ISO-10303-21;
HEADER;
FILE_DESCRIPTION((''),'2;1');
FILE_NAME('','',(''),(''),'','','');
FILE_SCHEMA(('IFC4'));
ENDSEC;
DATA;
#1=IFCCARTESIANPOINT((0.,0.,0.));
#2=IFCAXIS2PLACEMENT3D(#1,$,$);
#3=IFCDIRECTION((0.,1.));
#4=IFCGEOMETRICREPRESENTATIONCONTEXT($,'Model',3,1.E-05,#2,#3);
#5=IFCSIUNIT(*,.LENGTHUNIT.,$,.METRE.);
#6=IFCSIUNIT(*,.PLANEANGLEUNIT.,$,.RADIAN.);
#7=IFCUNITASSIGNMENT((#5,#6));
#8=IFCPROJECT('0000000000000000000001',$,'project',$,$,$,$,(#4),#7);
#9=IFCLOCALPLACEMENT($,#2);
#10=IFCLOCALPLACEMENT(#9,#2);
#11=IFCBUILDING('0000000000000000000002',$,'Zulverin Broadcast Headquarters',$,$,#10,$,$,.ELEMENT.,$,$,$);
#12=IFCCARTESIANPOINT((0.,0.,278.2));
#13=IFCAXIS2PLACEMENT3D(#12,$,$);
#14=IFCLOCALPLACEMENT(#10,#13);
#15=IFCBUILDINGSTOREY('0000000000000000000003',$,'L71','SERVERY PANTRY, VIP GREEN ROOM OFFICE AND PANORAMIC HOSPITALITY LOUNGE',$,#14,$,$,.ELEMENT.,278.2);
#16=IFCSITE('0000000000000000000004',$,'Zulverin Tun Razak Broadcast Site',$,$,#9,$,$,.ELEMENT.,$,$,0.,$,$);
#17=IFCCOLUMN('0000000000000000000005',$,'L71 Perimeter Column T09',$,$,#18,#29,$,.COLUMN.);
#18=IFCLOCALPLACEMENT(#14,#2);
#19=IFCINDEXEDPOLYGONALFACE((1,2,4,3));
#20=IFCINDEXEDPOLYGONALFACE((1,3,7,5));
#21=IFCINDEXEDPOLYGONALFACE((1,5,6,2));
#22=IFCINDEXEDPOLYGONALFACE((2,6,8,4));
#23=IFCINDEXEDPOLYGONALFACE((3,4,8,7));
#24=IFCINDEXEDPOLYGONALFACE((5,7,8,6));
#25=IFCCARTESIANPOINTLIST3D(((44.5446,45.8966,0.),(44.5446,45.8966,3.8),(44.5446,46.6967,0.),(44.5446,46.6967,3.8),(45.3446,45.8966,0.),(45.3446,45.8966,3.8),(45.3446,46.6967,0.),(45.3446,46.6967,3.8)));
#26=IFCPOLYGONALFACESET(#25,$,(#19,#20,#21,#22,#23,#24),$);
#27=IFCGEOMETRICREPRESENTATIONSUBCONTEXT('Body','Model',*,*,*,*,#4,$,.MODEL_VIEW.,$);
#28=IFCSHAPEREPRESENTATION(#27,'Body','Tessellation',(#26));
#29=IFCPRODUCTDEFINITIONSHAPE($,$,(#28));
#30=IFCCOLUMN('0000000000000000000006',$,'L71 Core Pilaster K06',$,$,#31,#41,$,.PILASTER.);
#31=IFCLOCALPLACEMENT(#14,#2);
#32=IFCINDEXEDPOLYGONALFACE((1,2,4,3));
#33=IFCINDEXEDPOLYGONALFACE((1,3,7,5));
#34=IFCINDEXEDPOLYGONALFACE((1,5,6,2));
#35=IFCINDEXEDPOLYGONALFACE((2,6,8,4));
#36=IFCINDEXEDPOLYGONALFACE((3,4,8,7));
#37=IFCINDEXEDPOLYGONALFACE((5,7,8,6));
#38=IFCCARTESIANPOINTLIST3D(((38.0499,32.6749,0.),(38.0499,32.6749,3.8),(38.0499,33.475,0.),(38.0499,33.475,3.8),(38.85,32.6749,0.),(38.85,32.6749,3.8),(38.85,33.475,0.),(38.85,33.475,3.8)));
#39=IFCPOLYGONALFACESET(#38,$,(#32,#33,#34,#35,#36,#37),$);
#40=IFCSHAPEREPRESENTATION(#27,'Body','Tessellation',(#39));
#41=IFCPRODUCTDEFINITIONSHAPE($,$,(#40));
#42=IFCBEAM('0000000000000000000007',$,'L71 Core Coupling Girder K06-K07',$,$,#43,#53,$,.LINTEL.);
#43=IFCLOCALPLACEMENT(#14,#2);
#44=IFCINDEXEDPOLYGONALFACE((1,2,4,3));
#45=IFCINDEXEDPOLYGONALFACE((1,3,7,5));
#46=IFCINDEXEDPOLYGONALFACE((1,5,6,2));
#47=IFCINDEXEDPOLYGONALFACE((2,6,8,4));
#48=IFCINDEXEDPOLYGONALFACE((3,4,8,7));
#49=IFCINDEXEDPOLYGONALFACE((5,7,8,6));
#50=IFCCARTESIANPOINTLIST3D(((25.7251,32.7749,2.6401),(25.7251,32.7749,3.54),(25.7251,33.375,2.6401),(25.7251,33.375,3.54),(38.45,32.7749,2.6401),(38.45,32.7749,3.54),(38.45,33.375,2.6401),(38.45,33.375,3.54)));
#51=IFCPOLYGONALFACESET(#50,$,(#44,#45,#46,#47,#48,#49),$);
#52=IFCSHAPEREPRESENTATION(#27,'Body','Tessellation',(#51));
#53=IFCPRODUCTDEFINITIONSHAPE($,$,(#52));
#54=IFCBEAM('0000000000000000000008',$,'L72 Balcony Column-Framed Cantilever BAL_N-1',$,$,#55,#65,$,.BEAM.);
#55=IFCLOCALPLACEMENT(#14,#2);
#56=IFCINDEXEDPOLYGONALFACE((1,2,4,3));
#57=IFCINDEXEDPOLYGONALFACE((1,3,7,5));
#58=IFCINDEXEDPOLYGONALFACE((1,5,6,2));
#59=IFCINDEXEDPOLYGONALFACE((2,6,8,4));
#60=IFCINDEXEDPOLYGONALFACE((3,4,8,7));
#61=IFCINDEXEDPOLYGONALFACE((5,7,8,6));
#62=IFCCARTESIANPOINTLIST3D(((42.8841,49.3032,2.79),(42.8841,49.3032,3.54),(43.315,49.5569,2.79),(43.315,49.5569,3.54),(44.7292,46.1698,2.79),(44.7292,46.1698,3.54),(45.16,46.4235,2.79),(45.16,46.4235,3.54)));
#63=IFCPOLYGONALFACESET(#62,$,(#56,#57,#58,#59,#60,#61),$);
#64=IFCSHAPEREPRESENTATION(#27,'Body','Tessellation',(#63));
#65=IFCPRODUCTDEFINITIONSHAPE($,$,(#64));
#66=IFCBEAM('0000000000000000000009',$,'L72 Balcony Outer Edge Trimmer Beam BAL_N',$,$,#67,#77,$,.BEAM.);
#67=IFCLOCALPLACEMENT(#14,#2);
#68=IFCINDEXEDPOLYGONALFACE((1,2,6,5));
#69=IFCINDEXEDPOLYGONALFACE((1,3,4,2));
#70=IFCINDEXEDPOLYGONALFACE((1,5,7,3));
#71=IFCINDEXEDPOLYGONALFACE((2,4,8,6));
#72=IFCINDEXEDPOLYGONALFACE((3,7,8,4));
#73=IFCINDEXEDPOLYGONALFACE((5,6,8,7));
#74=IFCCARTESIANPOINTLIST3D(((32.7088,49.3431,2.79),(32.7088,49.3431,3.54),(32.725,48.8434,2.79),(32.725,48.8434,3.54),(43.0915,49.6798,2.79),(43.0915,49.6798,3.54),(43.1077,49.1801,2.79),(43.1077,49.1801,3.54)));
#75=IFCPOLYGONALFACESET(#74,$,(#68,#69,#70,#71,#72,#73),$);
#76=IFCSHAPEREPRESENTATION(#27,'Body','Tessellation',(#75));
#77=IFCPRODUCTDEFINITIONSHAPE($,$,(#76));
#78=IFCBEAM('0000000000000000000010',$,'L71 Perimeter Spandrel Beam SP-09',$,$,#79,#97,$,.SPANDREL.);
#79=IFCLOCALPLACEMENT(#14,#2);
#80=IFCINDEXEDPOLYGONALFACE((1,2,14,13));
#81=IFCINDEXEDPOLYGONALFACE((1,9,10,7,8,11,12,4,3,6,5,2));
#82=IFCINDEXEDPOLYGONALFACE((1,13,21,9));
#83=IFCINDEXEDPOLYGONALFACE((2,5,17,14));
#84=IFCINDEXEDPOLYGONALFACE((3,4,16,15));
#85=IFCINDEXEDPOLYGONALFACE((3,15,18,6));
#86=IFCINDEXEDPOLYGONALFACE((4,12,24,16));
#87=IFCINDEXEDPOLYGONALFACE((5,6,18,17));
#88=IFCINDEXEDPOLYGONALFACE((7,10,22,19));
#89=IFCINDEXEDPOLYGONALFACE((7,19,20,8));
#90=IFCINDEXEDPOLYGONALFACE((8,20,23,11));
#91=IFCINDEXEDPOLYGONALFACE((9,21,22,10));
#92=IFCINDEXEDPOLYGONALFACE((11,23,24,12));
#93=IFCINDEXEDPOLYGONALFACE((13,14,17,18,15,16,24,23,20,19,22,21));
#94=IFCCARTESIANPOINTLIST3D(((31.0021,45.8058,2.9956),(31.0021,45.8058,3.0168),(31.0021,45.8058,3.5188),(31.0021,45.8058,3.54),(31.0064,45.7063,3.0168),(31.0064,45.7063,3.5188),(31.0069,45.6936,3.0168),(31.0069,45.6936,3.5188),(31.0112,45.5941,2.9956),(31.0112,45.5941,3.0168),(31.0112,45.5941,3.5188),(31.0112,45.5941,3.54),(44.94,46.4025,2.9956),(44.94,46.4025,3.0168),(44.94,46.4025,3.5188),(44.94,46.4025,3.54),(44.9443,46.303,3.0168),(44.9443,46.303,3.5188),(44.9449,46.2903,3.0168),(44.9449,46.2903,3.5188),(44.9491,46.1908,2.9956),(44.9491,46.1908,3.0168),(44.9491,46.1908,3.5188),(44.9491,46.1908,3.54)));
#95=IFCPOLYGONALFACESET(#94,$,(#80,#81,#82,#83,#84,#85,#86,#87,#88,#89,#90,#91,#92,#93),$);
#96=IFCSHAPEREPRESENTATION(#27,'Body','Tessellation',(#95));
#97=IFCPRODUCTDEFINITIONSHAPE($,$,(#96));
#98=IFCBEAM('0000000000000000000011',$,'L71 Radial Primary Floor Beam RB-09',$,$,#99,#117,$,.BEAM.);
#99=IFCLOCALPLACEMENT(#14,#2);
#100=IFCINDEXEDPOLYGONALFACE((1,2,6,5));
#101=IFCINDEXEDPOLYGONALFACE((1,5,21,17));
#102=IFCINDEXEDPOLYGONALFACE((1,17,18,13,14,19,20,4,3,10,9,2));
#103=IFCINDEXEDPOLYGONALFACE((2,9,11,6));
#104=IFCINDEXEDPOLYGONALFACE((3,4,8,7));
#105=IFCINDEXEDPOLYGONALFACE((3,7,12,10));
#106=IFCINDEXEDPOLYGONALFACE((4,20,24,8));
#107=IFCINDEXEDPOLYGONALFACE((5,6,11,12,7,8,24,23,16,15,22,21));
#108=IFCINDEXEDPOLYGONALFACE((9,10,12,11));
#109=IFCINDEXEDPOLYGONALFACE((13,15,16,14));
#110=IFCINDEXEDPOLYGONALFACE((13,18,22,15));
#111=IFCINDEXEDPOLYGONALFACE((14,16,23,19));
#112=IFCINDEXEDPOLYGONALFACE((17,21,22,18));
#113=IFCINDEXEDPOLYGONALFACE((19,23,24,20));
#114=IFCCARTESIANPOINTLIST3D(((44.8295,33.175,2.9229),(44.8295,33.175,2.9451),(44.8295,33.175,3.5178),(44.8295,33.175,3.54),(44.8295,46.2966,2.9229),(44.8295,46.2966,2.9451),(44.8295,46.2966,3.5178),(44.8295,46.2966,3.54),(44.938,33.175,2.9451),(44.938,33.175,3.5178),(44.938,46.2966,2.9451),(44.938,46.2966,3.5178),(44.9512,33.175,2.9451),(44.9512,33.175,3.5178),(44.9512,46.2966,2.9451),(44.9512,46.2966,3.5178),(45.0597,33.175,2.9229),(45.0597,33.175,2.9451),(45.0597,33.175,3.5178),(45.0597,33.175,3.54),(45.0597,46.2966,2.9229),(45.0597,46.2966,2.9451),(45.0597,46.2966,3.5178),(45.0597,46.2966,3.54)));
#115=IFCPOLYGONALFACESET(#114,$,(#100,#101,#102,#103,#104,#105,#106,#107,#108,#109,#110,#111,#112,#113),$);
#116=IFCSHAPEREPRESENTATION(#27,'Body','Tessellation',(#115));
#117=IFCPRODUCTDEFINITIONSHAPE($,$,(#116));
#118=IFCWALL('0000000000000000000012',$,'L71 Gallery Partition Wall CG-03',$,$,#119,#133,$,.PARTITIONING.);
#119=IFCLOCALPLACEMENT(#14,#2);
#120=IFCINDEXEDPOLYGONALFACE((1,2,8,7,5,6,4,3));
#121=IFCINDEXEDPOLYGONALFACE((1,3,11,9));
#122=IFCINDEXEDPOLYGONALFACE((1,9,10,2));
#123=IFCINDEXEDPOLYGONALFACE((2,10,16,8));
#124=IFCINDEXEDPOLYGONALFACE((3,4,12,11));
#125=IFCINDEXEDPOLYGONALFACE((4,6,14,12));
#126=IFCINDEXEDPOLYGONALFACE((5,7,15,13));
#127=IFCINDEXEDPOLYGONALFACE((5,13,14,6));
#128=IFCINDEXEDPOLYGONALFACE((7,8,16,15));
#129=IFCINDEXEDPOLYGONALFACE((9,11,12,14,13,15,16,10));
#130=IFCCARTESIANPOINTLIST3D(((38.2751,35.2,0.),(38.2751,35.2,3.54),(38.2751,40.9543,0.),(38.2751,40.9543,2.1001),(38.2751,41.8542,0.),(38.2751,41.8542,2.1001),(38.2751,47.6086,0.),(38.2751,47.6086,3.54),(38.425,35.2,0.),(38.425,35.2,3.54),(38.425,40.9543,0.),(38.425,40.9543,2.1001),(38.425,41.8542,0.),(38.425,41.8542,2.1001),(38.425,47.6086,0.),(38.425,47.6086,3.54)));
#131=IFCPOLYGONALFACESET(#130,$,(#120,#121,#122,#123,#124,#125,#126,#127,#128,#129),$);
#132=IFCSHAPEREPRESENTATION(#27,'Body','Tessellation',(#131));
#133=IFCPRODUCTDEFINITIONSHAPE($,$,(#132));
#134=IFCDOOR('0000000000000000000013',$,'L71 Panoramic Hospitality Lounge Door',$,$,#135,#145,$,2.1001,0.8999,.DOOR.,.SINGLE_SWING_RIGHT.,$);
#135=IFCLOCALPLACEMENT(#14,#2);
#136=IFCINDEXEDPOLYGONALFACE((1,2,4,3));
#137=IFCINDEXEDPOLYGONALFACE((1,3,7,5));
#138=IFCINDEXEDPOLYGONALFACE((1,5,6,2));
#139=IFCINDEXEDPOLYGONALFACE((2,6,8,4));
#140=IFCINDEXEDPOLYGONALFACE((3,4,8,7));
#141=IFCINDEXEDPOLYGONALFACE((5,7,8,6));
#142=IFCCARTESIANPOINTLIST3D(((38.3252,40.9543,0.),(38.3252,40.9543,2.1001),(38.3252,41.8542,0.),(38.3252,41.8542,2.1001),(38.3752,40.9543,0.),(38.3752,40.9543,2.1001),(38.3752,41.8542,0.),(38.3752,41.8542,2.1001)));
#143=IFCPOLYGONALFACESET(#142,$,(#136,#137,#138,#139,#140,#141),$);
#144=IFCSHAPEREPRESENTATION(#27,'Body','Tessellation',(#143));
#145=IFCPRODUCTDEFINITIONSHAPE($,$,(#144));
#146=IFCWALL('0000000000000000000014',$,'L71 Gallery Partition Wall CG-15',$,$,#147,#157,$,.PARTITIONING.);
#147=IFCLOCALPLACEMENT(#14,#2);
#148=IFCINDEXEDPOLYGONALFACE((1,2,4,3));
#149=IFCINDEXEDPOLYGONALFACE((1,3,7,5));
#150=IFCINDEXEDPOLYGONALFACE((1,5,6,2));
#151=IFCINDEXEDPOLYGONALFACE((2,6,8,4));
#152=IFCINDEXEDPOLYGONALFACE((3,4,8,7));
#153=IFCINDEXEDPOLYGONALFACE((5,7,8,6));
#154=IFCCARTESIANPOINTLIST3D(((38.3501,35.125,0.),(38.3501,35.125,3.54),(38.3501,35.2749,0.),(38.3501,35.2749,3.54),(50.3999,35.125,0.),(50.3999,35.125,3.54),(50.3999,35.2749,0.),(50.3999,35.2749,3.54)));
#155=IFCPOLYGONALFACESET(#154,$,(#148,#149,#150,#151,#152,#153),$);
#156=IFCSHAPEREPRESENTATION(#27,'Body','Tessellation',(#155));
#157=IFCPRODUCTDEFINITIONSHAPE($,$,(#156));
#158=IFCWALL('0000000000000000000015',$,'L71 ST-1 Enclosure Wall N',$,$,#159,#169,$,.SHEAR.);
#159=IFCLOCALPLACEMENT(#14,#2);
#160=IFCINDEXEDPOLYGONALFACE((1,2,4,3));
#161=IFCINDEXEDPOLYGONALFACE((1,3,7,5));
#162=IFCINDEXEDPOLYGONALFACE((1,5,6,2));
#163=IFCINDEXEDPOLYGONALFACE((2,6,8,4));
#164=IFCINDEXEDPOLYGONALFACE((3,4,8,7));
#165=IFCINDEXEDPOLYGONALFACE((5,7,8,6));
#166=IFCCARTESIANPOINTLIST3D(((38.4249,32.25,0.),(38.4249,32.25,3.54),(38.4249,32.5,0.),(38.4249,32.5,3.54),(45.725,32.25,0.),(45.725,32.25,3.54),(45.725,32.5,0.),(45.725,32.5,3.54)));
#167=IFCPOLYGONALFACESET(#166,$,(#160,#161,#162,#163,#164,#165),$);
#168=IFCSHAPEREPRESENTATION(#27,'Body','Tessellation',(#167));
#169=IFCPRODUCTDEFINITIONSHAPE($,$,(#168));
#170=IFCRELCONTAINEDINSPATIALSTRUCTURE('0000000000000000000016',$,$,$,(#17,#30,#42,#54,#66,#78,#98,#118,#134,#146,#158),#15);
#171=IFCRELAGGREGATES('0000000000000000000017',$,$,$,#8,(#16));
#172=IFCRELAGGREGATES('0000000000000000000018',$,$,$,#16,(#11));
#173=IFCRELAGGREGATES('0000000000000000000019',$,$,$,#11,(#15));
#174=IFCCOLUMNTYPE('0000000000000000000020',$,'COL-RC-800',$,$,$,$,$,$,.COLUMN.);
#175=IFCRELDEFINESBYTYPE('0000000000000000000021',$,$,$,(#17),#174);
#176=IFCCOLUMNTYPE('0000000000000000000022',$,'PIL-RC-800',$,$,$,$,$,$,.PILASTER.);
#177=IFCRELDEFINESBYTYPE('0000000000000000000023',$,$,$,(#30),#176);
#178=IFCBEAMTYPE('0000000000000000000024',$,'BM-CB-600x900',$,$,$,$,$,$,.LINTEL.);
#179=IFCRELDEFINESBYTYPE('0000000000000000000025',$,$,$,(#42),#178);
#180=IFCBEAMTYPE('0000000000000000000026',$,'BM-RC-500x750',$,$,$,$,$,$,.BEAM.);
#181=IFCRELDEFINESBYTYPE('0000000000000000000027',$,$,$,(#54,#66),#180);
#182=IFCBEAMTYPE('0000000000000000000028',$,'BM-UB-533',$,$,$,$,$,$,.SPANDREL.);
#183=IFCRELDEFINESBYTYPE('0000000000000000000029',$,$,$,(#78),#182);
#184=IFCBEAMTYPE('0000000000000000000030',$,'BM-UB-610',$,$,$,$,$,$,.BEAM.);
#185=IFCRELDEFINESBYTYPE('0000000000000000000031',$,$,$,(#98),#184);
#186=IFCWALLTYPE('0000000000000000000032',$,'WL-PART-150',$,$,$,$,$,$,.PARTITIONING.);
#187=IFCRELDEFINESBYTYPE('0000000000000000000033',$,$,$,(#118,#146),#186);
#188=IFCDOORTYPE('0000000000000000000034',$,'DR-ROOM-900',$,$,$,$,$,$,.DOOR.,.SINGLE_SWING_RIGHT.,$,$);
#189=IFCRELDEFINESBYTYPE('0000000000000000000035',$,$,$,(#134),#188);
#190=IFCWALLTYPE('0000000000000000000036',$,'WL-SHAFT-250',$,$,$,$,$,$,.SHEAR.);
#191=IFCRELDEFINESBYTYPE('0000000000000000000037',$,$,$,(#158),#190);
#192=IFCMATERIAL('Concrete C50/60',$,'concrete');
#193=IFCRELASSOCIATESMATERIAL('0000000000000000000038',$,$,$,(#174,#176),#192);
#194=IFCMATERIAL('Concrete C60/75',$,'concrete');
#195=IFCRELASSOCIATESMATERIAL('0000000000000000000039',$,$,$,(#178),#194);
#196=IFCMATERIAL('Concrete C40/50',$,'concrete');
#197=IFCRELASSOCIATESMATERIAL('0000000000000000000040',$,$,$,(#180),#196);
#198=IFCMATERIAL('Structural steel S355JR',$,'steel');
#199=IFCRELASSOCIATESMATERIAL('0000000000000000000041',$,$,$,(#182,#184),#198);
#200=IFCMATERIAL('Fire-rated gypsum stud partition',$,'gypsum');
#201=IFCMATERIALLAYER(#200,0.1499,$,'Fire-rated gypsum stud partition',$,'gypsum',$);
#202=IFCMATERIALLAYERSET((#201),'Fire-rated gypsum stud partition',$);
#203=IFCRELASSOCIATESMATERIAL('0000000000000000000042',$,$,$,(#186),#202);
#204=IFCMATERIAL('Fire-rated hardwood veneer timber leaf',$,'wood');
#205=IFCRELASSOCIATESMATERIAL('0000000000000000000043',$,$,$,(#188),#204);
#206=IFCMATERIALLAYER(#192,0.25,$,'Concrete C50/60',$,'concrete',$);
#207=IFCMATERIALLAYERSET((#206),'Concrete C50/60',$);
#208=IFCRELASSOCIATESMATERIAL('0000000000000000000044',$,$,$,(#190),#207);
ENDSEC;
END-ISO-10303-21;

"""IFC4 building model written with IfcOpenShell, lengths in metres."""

from ifc_helpers import new_model, si_unit, direction, frame, frame_2d, origin, origin_2d, place, context, subcontext, project, spatial, rectangle, i_section, extrude, material, layer, layer_set, material_profile, profile_set, type_object, element, fill, save


model = new_model("IFC4")

# Units and contexts
model_context = context("Model", 3, precision=1e-05, world=origin(), true_north=direction((0.0, 1.0)))
body_context = subcontext(model_context, "Body", "Model", "MODEL_VIEW")
ifc_project = project(units=[si_unit("LENGTHUNIT", "METRE"), si_unit("PLANEANGLEUNIT", "RADIAN")], contexts=[model_context])

# Site, building, storey
site_placement = place(None, origin())
site = spatial("IfcSite", under=ifc_project, at=site_placement, Name="Zulverin Tun Razak Broadcast Site", CompositionType="ELEMENT", RefElevation=0.0)
building_placement = place(site_placement, origin())
building = spatial("IfcBuilding", under=site, at=building_placement, Name="Zulverin Broadcast Headquarters", CompositionType="ELEMENT")
storey_placement = place(building_placement, frame((0.0, 0.0, 278.2)))
storey = spatial("IfcBuildingStorey", under=building, at=storey_placement, Name="L71", Description="SERVERY PANTRY, VIP GREEN ROOM OFFICE AND PANORAMIC HOSPITALITY LOUNGE", CompositionType="ELEMENT", Elevation=278.2)

# Columns
ifc_material_1 = material(Name="Concrete C50/60", Category="concrete")
ifc_material_profile_1 = material_profile(ifc_material_1, rectangle(XDim=0.8, YDim=0.8, at=origin_2d()), Name="Concrete C50/60", Category="concrete")
ifc_profile_set_1 = profile_set([ifc_material_profile_1], Name="Concrete C50/60")
column_type_1 = type_object("IfcColumnType", Name="COL-RC-800", PredefinedType="COLUMN", material=ifc_profile_set_1)
column_1_placement = place(storey_placement, frame((44.9446, 46.2966, 0.0), z_axis=(0.0, 0.0, 1.0), x_axis=(1.0, 0.0, 0.0)))
element("IfcColumn", 1, at=column_1_placement, inside=storey, type_object=column_type_1, Name="L71 Perimeter Column T09", PredefinedType="COLUMN", context=body_context, shape_type="SweptSolid", body=[
    extrude(rectangle(XDim=0.8, YDim=0.8, at=origin_2d()), origin(), (0.0, 0.0, 1.0), 3.8),
])
ifc_material_profile_2 = material_profile(ifc_material_1, rectangle(XDim=0.8, YDim=0.8, at=origin_2d()), Name="Concrete C50/60", Category="concrete")
ifc_profile_set_2 = profile_set([ifc_material_profile_2], Name="Concrete C50/60")
column_type_2 = type_object("IfcColumnType", Name="PIL-RC-800", PredefinedType="PILASTER", material=ifc_profile_set_2)
column_2_placement = place(storey_placement, frame((38.45, 33.075, 0.0), z_axis=(0.0, 0.0, 1.0), x_axis=(1.0, 0.0, 0.0)))
element("IfcColumn", 2, at=column_2_placement, inside=storey, type_object=column_type_2, Name="L71 Core Pilaster K06", PredefinedType="PILASTER", context=body_context, shape_type="SweptSolid", body=[
    extrude(rectangle(XDim=0.8, YDim=0.8, at=origin_2d()), origin(), (0.0, 0.0, 1.0), 3.8),
])

# Beams
ifc_material_2 = material(Name="Concrete C60/75", Category="concrete")
ifc_material_profile_3 = material_profile(ifc_material_2, rectangle(XDim=0.6001, YDim=0.8999, at=origin_2d()), Name="Concrete C60/75", Category="concrete")
ifc_profile_set_3 = profile_set([ifc_material_profile_3], Name="Concrete C60/75")
beam_type_1 = type_object("IfcBeamType", Name="BM-CB-600x900", PredefinedType="LINTEL", material=ifc_profile_set_3)
beam_1_placement = place(storey_placement, frame((38.45, 33.075, 3.0901), z_axis=(-1.0, 0.0, 0.0), x_axis=(0.0, -1.0, 0.0)))
element("IfcBeam", 3, at=beam_1_placement, inside=storey, type_object=beam_type_1, Name="L71 Core Coupling Girder K06-K07", PredefinedType="LINTEL", context=body_context, shape_type="SweptSolid", body=[
    extrude(rectangle(XDim=0.6001, YDim=0.8999, at=origin_2d()), origin(), (0.0, 0.0, 1.0), 12.7249),
])
ifc_material_3 = material(Name="Concrete C40/50", Category="concrete")
ifc_material_profile_4 = material_profile(ifc_material_3, rectangle(XDim=0.5, YDim=0.75, at=origin_2d()), Name="Concrete C40/50", Category="concrete")
ifc_profile_set_4 = profile_set([ifc_material_profile_4], Name="Concrete C40/50")
beam_type_2 = type_object("IfcBeamType", Name="BM-RC-500x750", PredefinedType="BEAM", material=ifc_profile_set_4)
beam_2_placement = place(storey_placement, frame((44.9446, 46.2966, 3.165), z_axis=(-0.507399, 0.861711, 0.0), x_axis=(-0.861711, -0.507399, 0.0)))
element("IfcBeam", 4, at=beam_2_placement, inside=storey, type_object=beam_type_2, Name="L72 Balcony Column-Framed Cantilever BAL_N-1", PredefinedType="BEAM", context=body_context, shape_type="SweptSolid", body=[
    extrude(rectangle(XDim=0.5, YDim=0.75, at=origin_2d()), origin(), (0.0, 0.0, 1.0), 3.6362),
])
beam_3_placement = place(storey_placement, frame((43.0996, 49.4299, 3.165), z_axis=(-0.999475, -0.032409, 0.0), x_axis=(0.032409, -0.999475, 0.0)))
element("IfcBeam", 5, at=beam_3_placement, inside=storey, type_object=beam_type_2, Name="L72 Balcony Outer Edge Trimmer Beam BAL_N", PredefinedType="BEAM", context=body_context, shape_type="SweptSolid", body=[
    extrude(rectangle(XDim=0.5, YDim=0.75, at=origin_2d()), origin(), (0.0, 0.0, 1.0), 10.3882),
])
ifc_material_4 = material(Name="Structural steel S355JR", Category="steel")
ifc_material_profile_5 = material_profile(ifc_material_4, i_section(OverallWidth=0.2119, OverallDepth=0.5444, WebThickness=0.0127, FlangeThickness=0.0212, at=origin_2d()), Name="Structural steel S355JR", Category="steel")
ifc_profile_set_5 = profile_set([ifc_material_profile_5], Name="Structural steel S355JR")
beam_type_3 = type_object("IfcBeamType", Name="BM-UB-533", PredefinedType="SPANDREL", material=ifc_profile_set_5)
beam_4_placement = place(storey_placement, frame((44.9446, 46.2966, 3.2678), z_axis=(-0.999085, -0.04277, 0.0), x_axis=(0.04277, -0.999085, 0.0)))
element("IfcBeam", 6, at=beam_4_placement, inside=storey, type_object=beam_type_3, Name="L71 Perimeter Spandrel Beam SP-09", PredefinedType="SPANDREL", context=body_context, shape_type="SweptSolid", body=[
    extrude(i_section(OverallWidth=0.2119, OverallDepth=0.5444, WebThickness=0.0127, FlangeThickness=0.0212, at=origin_2d()), origin(), (0.0, 0.0, 1.0), 13.9507),
])
ifc_material_profile_6 = material_profile(ifc_material_4, i_section(OverallWidth=0.2302, OverallDepth=0.6172, WebThickness=0.0132, FlangeThickness=0.0222, at=origin_2d()), Name="Structural steel S355JR", Category="steel")
ifc_profile_set_6 = profile_set([ifc_material_profile_6], Name="Structural steel S355JR")
beam_type_4 = type_object("IfcBeamType", Name="BM-UB-610", PredefinedType="BEAM", material=ifc_profile_set_6)
beam_5_placement = place(storey_placement, frame((44.9446, 33.175, 3.2314), z_axis=(0.0, 1.0, 0.0), x_axis=(-1.0, 0.0, 0.0)))
element("IfcBeam", 7, at=beam_5_placement, inside=storey, type_object=beam_type_4, Name="L71 Radial Primary Floor Beam RB-09", PredefinedType="BEAM", context=body_context, shape_type="SweptSolid", body=[
    extrude(i_section(OverallWidth=0.2302, OverallDepth=0.6172, WebThickness=0.0132, FlangeThickness=0.0222, at=origin_2d()), origin(), (0.0, 0.0, 1.0), 13.1216),
])

# Wall, opening, door
ifc_material_5 = material(Name="Fire-rated gypsum stud partition", Category="gypsum")
ifc_layer_1 = layer(ifc_material_5, 0.1499, Name="Fire-rated gypsum stud partition", Category="gypsum")
ifc_layer_set_1 = layer_set([ifc_layer_1], Name="Fire-rated gypsum stud partition")
wall_type_1 = type_object("IfcWallType", Name="WL-PART-150", PredefinedType="PARTITIONING", material=ifc_layer_set_1)
wall_1_placement = place(storey_placement, frame((38.3501, 35.2, 0.0), z_axis=(0.0, 0.0, 1.0), x_axis=(0.0, 1.0, 0.0)))
wall_1 = element("IfcWall", 8, at=wall_1_placement, inside=storey, type_object=wall_type_1, Name="L71 Gallery Partition Wall CG-03", PredefinedType="PARTITIONING", context=body_context, shape_type="SweptSolid", body=[
    extrude(rectangle(XDim=12.4087, YDim=0.1499, at=frame_2d((6.2043, 0.0))), origin(), (0.0, 0.0, 1.0), 3.54),
])
opening_placement = place(wall_1_placement, frame((5.7544, 0.0, 0.0)))
opening = element("IfcOpeningElement", 9, at=opening_placement, cuts=wall_1, PredefinedType="OPENING", context=body_context, shape_type="SweptSolid", body=[
    extrude(rectangle(XDim=0.8999, YDim=2.1001, at=frame_2d((0.45, 1.05))), frame((0.0, 0.085, 0.0), z_axis=(0.0, -1.0, 0.0), x_axis=(1.0, 0.0, 0.0)), (0.0, 0.0, 1.0), 0.1699),
])
ifc_material_6 = material(Name="Fire-rated hardwood veneer timber leaf", Category="wood")
door_type = type_object("IfcDoorType", Name="DR-ROOM-900", OperationType="SINGLE_SWING_RIGHT", PredefinedType="DOOR", material=ifc_material_6)
door_placement = place(opening_placement, origin())
door = element("IfcDoor", 10, at=door_placement, inside=storey, type_object=door_type, Name="L71 Panoramic Hospitality Lounge Door", OperationType="SINGLE_SWING_RIGHT", OverallHeight=2.1001, OverallWidth=0.8999, PredefinedType="DOOR", context=body_context, shape_type="SweptSolid", body=[
    extrude(rectangle(XDim=0.8999, YDim=2.1001, at=frame_2d((0.45, 1.05))), frame((0.0, 0.0249, 0.0), z_axis=(0.0, -1.0, 0.0), x_axis=(1.0, 0.0, 0.0)), (0.0, 0.0, 1.0), 0.05),
])
fill(opening, door)

# Walls
wall_2_placement = place(storey_placement, frame((38.3501, 35.2, 0.0), z_axis=(0.0, 0.0, 1.0), x_axis=(1.0, 0.0, 0.0)))
element("IfcWall", 11, at=wall_2_placement, inside=storey, type_object=wall_type_1, Name="L71 Gallery Partition Wall CG-15", PredefinedType="PARTITIONING", context=body_context, shape_type="SweptSolid", body=[
    extrude(rectangle(XDim=12.0498, YDim=0.1499, at=frame_2d((6.0249, 0.0))), origin(), (0.0, 0.0, 1.0), 3.54),
])
ifc_layer_2 = layer(ifc_material_1, 0.25, Name="Concrete C50/60", Category="concrete")
ifc_layer_set_2 = layer_set([ifc_layer_2], Name="Concrete C50/60")
wall_type_2 = type_object("IfcWallType", Name="WL-SHAFT-250", PredefinedType="SHEAR", material=ifc_layer_set_2)
wall_3_placement = place(storey_placement, frame((38.425, 32.375, 0.0), z_axis=(0.0, 0.0, 1.0), x_axis=(1.0, 0.0, 0.0)))
element("IfcWall", 12, at=wall_3_placement, inside=storey, type_object=wall_type_2, Name="L71 ST-1 Enclosure Wall N", PredefinedType="SHEAR", context=body_context, shape_type="SweptSolid", body=[
    extrude(rectangle(XDim=7.3, YDim=0.25, at=frame_2d((3.6499, 0.0))), origin(), (0.0, 0.0, 1.0), 3.54),
])

save(model, "model.ifc")
